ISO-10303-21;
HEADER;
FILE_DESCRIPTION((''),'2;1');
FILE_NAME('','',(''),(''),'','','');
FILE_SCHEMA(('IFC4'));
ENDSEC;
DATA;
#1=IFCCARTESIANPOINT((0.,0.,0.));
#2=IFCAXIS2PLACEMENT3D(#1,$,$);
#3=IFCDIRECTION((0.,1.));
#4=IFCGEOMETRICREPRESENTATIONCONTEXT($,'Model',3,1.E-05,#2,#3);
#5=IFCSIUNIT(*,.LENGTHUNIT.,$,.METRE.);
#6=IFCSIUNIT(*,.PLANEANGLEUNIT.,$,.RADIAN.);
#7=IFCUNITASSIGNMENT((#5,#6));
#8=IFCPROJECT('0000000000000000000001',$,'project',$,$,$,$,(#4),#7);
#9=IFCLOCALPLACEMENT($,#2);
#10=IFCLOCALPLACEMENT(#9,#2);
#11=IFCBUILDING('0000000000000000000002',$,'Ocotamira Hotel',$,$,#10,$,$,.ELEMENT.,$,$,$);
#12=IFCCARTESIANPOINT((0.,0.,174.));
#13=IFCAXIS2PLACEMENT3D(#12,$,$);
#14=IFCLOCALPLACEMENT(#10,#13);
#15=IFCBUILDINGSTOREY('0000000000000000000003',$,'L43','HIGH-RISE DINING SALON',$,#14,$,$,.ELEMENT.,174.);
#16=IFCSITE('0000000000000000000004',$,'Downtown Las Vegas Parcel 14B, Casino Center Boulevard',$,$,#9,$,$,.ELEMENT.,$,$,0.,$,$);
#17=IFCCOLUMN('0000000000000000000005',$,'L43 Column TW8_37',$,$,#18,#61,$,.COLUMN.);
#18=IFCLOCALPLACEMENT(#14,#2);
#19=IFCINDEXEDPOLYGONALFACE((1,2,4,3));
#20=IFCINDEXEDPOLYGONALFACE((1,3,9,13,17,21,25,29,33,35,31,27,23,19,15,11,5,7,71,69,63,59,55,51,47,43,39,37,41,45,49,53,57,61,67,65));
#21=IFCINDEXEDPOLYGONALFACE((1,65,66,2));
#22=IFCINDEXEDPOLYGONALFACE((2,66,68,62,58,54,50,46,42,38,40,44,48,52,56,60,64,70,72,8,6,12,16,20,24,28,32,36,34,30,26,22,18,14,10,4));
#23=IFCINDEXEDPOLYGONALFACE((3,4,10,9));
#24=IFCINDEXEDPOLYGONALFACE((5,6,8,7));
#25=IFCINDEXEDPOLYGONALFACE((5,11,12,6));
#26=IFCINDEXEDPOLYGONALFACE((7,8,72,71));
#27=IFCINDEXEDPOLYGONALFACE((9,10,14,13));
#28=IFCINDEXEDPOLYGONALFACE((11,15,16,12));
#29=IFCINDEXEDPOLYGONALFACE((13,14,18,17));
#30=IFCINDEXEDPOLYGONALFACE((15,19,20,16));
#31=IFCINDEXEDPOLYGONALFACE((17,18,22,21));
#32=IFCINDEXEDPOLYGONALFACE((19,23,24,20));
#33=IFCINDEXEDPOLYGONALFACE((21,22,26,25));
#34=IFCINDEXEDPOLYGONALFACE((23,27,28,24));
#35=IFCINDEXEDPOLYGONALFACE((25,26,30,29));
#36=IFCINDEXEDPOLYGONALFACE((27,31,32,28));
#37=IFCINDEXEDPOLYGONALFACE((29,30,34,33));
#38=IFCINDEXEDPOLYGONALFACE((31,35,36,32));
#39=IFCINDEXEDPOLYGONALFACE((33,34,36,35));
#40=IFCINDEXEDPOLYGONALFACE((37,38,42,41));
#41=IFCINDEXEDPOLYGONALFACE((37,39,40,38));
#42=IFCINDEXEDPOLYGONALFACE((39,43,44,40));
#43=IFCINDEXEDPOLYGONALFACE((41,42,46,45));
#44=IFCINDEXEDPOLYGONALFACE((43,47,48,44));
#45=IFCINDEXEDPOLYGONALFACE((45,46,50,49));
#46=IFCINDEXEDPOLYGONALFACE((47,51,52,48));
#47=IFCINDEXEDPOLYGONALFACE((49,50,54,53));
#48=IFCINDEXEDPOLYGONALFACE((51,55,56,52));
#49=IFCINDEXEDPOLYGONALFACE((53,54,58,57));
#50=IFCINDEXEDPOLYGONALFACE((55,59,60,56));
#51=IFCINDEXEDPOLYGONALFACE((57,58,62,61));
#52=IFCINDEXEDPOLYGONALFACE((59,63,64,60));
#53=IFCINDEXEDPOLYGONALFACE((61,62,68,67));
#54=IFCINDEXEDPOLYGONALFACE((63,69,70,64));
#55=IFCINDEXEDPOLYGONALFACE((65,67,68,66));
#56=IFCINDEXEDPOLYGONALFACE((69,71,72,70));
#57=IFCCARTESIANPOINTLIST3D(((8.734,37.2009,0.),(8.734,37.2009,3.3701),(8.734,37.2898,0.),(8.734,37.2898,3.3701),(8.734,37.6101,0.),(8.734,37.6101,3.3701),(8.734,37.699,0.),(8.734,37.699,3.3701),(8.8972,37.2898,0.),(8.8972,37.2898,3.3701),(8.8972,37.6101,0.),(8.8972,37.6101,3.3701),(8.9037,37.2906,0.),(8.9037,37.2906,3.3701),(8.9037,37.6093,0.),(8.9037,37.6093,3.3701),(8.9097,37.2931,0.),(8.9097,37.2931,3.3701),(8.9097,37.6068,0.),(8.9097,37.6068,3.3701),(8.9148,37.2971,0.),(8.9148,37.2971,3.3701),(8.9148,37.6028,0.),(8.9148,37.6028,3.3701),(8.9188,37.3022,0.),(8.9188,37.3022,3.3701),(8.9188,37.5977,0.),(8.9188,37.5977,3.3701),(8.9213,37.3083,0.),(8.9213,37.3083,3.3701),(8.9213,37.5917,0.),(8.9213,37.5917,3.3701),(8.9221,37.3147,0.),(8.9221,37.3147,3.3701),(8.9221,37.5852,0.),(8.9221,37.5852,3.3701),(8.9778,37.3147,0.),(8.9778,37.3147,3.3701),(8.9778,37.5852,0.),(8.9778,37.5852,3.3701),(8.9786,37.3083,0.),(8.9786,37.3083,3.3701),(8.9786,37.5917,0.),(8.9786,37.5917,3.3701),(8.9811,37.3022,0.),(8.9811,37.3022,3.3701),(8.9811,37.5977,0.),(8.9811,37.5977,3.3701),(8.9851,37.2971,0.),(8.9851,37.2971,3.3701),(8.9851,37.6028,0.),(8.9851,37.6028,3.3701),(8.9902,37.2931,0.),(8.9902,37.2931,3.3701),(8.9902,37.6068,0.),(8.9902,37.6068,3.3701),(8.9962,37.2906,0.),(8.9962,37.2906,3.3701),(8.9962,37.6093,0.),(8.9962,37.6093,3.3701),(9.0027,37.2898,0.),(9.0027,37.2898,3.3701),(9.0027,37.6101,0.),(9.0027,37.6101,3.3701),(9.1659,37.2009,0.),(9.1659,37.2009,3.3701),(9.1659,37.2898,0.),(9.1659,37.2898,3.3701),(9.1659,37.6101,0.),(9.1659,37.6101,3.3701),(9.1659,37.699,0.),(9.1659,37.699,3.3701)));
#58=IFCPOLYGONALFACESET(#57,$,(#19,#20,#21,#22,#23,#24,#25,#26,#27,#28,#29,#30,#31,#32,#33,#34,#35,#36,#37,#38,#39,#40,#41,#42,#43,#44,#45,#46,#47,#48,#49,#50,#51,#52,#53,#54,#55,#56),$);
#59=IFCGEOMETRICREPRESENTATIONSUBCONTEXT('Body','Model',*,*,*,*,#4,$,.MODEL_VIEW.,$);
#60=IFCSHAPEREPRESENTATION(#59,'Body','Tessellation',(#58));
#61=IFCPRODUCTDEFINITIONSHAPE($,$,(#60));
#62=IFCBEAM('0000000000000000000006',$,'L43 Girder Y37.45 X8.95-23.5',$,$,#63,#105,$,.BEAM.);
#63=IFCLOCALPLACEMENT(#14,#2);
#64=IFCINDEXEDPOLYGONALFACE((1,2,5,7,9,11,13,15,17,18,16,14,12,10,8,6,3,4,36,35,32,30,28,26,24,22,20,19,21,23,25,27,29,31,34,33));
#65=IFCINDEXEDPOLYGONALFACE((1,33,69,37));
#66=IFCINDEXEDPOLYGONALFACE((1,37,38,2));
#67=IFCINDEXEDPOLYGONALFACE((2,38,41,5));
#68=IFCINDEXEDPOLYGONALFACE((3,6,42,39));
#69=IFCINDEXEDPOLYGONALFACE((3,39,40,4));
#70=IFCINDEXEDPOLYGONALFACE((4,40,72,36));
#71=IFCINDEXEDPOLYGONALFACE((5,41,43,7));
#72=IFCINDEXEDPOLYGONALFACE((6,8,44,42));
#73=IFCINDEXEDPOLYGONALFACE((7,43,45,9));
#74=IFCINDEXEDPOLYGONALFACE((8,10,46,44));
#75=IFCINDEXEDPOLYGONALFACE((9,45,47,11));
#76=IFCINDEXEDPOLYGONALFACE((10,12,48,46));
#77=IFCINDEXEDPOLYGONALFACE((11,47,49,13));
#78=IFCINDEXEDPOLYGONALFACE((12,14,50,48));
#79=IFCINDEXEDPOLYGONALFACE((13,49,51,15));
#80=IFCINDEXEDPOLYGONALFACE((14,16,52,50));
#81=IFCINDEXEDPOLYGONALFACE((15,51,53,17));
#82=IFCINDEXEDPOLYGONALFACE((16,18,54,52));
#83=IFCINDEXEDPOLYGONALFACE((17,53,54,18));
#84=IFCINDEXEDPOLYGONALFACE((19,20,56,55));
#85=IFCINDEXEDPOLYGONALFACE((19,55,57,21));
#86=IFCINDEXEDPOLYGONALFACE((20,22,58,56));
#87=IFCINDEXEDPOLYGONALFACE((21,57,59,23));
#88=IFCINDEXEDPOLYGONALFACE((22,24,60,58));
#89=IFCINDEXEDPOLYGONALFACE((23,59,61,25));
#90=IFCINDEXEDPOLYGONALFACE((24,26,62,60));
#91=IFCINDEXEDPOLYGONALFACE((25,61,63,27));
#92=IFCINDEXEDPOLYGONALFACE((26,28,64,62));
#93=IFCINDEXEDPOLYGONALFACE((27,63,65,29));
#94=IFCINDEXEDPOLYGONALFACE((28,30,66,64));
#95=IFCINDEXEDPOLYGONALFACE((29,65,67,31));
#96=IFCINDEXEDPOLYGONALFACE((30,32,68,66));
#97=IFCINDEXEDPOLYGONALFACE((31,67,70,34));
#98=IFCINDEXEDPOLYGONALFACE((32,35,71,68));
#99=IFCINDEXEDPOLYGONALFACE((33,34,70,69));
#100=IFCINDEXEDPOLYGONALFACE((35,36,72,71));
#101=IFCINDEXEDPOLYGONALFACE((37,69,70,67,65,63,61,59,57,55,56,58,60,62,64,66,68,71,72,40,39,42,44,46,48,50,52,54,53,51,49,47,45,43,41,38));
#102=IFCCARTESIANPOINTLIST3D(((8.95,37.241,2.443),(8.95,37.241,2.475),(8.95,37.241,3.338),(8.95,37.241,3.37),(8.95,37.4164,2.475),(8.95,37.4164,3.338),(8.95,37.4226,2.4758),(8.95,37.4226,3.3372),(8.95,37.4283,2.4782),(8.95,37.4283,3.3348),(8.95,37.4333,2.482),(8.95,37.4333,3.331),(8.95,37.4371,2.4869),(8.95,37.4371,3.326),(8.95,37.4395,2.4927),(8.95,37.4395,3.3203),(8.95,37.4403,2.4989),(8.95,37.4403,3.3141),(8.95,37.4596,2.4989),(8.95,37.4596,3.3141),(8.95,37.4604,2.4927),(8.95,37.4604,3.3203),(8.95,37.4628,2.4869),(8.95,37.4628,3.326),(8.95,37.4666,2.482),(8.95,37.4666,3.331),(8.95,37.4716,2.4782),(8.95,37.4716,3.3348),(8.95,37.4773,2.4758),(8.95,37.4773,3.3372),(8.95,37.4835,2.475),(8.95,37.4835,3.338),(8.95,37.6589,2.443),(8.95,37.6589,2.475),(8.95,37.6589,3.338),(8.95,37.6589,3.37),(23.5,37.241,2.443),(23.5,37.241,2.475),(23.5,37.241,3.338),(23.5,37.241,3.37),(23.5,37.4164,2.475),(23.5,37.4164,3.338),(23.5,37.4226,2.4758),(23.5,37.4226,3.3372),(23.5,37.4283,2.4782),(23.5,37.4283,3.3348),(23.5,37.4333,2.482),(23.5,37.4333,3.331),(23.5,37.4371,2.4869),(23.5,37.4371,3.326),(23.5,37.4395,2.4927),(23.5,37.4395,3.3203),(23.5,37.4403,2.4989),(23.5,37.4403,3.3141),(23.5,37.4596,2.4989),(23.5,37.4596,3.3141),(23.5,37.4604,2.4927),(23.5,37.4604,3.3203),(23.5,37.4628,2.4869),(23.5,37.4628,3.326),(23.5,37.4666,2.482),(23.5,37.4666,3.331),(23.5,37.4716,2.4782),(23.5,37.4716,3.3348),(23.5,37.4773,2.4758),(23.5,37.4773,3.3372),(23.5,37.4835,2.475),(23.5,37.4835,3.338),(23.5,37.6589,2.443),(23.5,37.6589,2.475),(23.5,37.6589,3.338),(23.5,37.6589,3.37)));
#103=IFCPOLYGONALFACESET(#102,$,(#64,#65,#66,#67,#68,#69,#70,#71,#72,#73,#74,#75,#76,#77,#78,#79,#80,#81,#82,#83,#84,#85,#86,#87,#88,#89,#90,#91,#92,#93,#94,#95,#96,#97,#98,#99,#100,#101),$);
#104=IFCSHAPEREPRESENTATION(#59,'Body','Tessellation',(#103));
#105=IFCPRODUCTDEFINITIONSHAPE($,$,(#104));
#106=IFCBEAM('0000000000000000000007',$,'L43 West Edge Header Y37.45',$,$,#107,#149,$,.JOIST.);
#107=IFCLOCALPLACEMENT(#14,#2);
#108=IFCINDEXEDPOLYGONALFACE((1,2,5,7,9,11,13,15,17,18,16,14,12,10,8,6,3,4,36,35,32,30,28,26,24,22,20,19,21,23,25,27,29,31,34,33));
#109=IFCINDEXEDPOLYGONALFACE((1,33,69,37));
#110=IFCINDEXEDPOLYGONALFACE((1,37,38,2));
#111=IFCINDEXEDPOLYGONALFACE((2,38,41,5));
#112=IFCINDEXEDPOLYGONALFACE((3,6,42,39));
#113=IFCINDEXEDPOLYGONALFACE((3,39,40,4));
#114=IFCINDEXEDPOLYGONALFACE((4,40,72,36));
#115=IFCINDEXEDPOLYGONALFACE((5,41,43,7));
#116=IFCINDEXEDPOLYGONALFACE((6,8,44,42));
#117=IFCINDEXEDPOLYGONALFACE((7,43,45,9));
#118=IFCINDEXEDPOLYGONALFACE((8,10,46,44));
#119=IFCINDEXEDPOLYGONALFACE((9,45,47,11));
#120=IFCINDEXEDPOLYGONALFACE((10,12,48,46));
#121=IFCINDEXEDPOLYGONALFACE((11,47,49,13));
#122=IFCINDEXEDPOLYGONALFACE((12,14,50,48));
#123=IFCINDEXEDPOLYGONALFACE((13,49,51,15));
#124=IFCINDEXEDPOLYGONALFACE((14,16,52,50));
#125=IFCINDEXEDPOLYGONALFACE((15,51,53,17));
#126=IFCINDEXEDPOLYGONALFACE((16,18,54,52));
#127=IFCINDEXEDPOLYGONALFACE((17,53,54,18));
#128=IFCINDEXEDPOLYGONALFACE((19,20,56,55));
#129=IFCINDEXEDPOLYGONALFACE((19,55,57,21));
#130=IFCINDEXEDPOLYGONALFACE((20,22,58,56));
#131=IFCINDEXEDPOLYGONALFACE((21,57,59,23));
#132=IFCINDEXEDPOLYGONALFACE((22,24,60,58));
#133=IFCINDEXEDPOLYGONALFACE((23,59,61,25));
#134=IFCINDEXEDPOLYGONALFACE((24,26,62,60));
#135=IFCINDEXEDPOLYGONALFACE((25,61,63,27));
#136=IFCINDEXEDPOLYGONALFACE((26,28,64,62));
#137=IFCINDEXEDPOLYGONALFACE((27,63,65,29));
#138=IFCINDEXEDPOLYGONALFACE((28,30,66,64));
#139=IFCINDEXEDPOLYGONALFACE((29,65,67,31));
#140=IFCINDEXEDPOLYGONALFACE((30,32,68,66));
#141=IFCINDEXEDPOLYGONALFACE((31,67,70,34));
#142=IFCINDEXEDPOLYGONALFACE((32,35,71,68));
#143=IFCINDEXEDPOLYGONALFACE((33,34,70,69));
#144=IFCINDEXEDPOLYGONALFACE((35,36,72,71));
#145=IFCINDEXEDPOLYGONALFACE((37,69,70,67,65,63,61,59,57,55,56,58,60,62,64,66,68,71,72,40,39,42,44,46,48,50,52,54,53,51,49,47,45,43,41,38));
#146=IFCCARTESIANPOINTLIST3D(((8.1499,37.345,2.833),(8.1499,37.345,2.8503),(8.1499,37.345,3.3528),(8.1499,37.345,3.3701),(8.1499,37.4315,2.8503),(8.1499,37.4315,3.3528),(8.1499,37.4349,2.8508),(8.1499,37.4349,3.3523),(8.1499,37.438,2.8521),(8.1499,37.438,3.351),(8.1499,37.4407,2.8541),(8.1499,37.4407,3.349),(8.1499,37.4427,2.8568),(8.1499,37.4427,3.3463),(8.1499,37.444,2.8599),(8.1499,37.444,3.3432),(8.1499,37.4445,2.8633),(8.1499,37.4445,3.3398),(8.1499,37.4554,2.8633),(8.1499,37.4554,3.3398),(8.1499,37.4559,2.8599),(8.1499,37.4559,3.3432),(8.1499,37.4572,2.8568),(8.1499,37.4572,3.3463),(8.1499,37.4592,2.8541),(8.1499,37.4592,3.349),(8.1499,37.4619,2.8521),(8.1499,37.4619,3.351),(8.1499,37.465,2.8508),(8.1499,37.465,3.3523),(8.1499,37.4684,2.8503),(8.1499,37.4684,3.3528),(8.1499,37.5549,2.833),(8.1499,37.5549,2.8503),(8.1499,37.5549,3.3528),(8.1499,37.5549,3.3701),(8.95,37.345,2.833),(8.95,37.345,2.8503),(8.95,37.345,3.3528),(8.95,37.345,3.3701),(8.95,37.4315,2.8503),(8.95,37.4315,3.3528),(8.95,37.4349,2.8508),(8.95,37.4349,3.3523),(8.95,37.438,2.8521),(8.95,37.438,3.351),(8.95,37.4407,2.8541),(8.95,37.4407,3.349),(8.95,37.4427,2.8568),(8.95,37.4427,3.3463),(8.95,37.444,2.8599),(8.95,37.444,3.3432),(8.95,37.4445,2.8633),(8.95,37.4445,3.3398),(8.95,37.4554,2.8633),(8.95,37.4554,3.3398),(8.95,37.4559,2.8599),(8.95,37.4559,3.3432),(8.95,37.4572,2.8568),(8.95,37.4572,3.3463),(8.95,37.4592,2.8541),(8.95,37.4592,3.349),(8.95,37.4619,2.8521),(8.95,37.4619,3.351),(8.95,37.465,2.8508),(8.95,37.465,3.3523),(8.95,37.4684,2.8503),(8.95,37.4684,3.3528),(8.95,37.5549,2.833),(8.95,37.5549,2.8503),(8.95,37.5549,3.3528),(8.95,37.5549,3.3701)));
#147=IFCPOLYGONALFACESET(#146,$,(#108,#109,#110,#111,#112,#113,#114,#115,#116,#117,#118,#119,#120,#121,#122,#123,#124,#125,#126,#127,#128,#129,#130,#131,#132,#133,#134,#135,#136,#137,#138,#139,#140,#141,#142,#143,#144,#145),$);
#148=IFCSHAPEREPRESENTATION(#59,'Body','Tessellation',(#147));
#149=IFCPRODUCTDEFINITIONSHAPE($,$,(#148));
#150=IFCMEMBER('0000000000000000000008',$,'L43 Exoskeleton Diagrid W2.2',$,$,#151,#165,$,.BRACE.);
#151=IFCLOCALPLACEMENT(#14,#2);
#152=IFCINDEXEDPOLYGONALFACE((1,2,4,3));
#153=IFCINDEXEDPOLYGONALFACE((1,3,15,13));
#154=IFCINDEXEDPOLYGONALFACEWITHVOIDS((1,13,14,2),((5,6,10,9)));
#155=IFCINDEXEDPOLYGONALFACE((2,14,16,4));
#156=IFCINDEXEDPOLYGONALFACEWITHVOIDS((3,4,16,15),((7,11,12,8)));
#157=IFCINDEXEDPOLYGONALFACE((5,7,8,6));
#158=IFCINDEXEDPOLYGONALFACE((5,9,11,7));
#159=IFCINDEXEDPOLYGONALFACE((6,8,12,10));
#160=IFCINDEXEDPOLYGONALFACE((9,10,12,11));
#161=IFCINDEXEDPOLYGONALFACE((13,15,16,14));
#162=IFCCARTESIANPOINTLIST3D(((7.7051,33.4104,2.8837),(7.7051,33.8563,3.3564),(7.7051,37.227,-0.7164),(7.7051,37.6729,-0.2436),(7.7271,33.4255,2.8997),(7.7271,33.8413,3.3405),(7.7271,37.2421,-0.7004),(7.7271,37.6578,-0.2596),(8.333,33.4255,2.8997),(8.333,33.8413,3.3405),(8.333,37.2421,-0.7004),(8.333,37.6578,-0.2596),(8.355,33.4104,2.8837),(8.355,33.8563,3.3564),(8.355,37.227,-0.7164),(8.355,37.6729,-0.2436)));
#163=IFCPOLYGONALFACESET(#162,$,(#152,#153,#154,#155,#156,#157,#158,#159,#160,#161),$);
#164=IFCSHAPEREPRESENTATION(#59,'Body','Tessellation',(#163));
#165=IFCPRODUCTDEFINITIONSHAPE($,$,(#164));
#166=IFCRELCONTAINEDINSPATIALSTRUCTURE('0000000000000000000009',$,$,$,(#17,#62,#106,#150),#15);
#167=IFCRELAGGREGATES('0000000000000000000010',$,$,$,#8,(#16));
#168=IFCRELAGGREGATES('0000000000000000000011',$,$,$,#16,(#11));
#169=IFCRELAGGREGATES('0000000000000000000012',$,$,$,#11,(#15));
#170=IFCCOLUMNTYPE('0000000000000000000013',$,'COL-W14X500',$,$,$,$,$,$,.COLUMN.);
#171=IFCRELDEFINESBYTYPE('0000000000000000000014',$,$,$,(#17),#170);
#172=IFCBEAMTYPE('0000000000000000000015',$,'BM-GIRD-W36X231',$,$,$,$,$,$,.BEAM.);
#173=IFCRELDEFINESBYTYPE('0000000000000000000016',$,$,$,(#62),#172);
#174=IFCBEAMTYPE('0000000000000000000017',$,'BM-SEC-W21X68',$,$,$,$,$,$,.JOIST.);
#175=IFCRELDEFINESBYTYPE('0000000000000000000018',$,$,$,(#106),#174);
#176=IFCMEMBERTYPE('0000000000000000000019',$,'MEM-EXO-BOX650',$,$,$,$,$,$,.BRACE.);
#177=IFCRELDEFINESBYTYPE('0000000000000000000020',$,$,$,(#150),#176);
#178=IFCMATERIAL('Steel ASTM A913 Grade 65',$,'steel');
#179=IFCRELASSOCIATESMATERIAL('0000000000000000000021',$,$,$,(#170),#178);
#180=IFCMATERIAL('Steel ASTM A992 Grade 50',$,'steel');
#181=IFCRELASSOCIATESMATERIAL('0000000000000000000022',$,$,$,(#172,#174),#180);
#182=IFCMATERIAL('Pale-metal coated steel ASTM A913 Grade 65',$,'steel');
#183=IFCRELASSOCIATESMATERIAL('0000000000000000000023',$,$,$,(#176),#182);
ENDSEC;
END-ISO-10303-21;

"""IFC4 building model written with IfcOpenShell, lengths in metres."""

from ifc_helpers import new_model, si_unit, direction, frame, origin, origin_2d, place, context, subcontext, project, spatial, hollow_rectangle, i_section, extrude, source, transform, mapped, material, material_profile, profile_set, type_object, element, save


model = new_model("IFC4")

# Units and contexts
model_context = context("Model", 3, precision=1e-05, world=origin(), true_north=direction((0.0, 1.0)))
body_context = subcontext(model_context, "Body", "Model", "MODEL_VIEW")
ifc_project = project(units=[si_unit("LENGTHUNIT", "METRE"), si_unit("PLANEANGLEUNIT", "RADIAN")], contexts=[model_context])

# Site, building, storey
site_placement = place(None, origin())
site = spatial("IfcSite", under=ifc_project, at=site_placement, Name="Downtown Las Vegas Parcel 14B, Casino Center Boulevard", CompositionType="ELEMENT", RefElevation=0.0)
building_placement = place(site_placement, origin())
building = spatial("IfcBuilding", under=site, at=building_placement, Name="Ocotamira Hotel", CompositionType="ELEMENT")
storey_placement = place(building_placement, frame((0.0, 0.0, 174.0)))
storey = spatial("IfcBuildingStorey", under=building, at=storey_placement, Name="L43", Description="HIGH-RISE DINING SALON", CompositionType="ELEMENT", Elevation=174.0)

# Column
ifc_material_1 = material(Name="Steel ASTM A913 Grade 65", Category="steel")
ifc_material_profile_1 = material_profile(ifc_material_1, i_section(OverallWidth=0.4319, OverallDepth=0.498, WebThickness=0.0557, FlangeThickness=0.0889, FilletRadius=0.0249, at=origin_2d()), Name="W14X500")
ifc_profile_set_1 = profile_set([ifc_material_profile_1], Name="Steel ASTM A913 Grade 65")
column_type = type_object("IfcColumnType", Name="COL-W14X500", PredefinedType="COLUMN", material=ifc_profile_set_1)
shared_shape_1 = source(origin(), body_context, "Body", "SweptSolid", [
    extrude(i_section(OverallWidth=0.4319, OverallDepth=0.498, WebThickness=0.0557, FlangeThickness=0.0889, FilletRadius=0.0249, at=origin_2d()), origin(), (0.0, 0.0, 1.0), 3.3701),
])
column_placement = place(storey_placement, frame((8.95, 37.45, 0.0), z_axis=(0.0, 0.0, 1.0), x_axis=(1.0, 0.0, 0.0)))
element("IfcColumn", 1, at=column_placement, inside=storey, type_object=column_type, Name="L43 Column TW8_37", PredefinedType="COLUMN", context=body_context, shape_type="MappedRepresentation", body=[
    mapped(shared_shape_1, transform((0.0, 0.0, 0.0), scale=1.0)),
])

# Beams
ifc_material_2 = material(Name="Steel ASTM A992 Grade 50", Category="steel")
ifc_material_profile_2 = material_profile(ifc_material_2, i_section(OverallWidth=0.418, OverallDepth=0.927, WebThickness=0.0193, FlangeThickness=0.032, FilletRadius=0.0239, at=origin_2d()), Name="W36X231")
ifc_profile_set_2 = profile_set([ifc_material_profile_2], Name="Steel ASTM A992 Grade 50")
beam_type_1 = type_object("IfcBeamType", Name="BM-GIRD-W36X231", PredefinedType="BEAM", material=ifc_profile_set_2)
shared_shape_2 = source(origin(), body_context, "Body", "SweptSolid", [
    extrude(i_section(OverallWidth=0.418, OverallDepth=0.927, WebThickness=0.0193, FlangeThickness=0.032, FilletRadius=0.0239, at=origin_2d()), origin(), (0.0, 0.0, 1.0), 14.55),
])
beam_1_placement = place(storey_placement, frame((8.95, 37.45, 2.9065), z_axis=(1.0, 0.0, 0.0), x_axis=(0.0, 1.0, 0.0)))
element("IfcBeam", 2, at=beam_1_placement, inside=storey, type_object=beam_type_1, Name="L43 Girder Y37.45 X8.95-23.5", PredefinedType="BEAM", context=body_context, shape_type="MappedRepresentation", body=[
    mapped(shared_shape_2, transform((0.0, 0.0, 0.0), scale=1.0)),
])
ifc_material_profile_3 = material_profile(ifc_material_2, i_section(OverallWidth=0.21, OverallDepth=0.5371, WebThickness=0.011, FlangeThickness=0.0173, FilletRadius=0.0129, at=origin_2d()), Name="W21X68")
ifc_profile_set_3 = profile_set([ifc_material_profile_3], Name="Steel ASTM A992 Grade 50")
beam_type_2 = type_object("IfcBeamType", Name="BM-SEC-W21X68", PredefinedType="JOIST", material=ifc_profile_set_3)
shared_shape_3 = source(origin(), body_context, "Body", "SweptSolid", [
    extrude(i_section(OverallWidth=0.21, OverallDepth=0.5371, WebThickness=0.011, FlangeThickness=0.0173, FilletRadius=0.0129, at=origin_2d()), origin(), (0.0, 0.0, 1.0), 0.8),
])
beam_2_placement = place(storey_placement, frame((8.95, 37.45, 3.1016), z_axis=(-1.0, 0.0, 0.0), x_axis=(0.0, -1.0, 0.0)))
element("IfcBeam", 3, at=beam_2_placement, inside=storey, type_object=beam_type_2, Name="L43 West Edge Header Y37.45", PredefinedType="JOIST", context=body_context, shape_type="MappedRepresentation", body=[
    mapped(shared_shape_3, transform((0.0, 0.0, 0.0), scale=1.0)),
])

# Member
ifc_material_3 = material(Name="Pale-metal coated steel ASTM A913 Grade 65", Category="steel")
ifc_material_profile_4 = material_profile(ifc_material_3, hollow_rectangle(XDim=0.6499, YDim=0.6499, WallThickness=0.022, at=origin_2d()), Name="BOX650X650X22")
ifc_profile_set_4 = profile_set([ifc_material_profile_4], Name="Pale-metal coated steel ASTM A913 Grade 65")
member_type_1 = type_object("IfcMemberType", Name="MEM-EXO-BOX650", PredefinedType="BRACE", material=ifc_profile_set_4)
shared_shape_4 = source(origin(), body_context, "Body", "SweptSolid", [
    extrude(hollow_rectangle(XDim=0.6499, YDim=0.6499, WallThickness=0.022, at=origin_2d()), origin(), (0.0, 0.0, 1.0), 5.2466),
])
member_1_placement = place(storey_placement, frame((8.03, 37.45, -0.48), z_axis=(0.0, -0.727443, 0.686168), x_axis=(1.0, 0.0, 0.0)))
element("IfcMember", 4, at=member_1_placement, inside=storey, type_object=member_type_1, Name="L43 Exoskeleton Diagrid W2.2", PredefinedType="BRACE", context=body_context, shape_type="MappedRepresentation", body=[
    mapped(shared_shape_4, transform((0.0, 0.0, 0.0), scale=1.0)),
])

save(model, "model.ifc")
